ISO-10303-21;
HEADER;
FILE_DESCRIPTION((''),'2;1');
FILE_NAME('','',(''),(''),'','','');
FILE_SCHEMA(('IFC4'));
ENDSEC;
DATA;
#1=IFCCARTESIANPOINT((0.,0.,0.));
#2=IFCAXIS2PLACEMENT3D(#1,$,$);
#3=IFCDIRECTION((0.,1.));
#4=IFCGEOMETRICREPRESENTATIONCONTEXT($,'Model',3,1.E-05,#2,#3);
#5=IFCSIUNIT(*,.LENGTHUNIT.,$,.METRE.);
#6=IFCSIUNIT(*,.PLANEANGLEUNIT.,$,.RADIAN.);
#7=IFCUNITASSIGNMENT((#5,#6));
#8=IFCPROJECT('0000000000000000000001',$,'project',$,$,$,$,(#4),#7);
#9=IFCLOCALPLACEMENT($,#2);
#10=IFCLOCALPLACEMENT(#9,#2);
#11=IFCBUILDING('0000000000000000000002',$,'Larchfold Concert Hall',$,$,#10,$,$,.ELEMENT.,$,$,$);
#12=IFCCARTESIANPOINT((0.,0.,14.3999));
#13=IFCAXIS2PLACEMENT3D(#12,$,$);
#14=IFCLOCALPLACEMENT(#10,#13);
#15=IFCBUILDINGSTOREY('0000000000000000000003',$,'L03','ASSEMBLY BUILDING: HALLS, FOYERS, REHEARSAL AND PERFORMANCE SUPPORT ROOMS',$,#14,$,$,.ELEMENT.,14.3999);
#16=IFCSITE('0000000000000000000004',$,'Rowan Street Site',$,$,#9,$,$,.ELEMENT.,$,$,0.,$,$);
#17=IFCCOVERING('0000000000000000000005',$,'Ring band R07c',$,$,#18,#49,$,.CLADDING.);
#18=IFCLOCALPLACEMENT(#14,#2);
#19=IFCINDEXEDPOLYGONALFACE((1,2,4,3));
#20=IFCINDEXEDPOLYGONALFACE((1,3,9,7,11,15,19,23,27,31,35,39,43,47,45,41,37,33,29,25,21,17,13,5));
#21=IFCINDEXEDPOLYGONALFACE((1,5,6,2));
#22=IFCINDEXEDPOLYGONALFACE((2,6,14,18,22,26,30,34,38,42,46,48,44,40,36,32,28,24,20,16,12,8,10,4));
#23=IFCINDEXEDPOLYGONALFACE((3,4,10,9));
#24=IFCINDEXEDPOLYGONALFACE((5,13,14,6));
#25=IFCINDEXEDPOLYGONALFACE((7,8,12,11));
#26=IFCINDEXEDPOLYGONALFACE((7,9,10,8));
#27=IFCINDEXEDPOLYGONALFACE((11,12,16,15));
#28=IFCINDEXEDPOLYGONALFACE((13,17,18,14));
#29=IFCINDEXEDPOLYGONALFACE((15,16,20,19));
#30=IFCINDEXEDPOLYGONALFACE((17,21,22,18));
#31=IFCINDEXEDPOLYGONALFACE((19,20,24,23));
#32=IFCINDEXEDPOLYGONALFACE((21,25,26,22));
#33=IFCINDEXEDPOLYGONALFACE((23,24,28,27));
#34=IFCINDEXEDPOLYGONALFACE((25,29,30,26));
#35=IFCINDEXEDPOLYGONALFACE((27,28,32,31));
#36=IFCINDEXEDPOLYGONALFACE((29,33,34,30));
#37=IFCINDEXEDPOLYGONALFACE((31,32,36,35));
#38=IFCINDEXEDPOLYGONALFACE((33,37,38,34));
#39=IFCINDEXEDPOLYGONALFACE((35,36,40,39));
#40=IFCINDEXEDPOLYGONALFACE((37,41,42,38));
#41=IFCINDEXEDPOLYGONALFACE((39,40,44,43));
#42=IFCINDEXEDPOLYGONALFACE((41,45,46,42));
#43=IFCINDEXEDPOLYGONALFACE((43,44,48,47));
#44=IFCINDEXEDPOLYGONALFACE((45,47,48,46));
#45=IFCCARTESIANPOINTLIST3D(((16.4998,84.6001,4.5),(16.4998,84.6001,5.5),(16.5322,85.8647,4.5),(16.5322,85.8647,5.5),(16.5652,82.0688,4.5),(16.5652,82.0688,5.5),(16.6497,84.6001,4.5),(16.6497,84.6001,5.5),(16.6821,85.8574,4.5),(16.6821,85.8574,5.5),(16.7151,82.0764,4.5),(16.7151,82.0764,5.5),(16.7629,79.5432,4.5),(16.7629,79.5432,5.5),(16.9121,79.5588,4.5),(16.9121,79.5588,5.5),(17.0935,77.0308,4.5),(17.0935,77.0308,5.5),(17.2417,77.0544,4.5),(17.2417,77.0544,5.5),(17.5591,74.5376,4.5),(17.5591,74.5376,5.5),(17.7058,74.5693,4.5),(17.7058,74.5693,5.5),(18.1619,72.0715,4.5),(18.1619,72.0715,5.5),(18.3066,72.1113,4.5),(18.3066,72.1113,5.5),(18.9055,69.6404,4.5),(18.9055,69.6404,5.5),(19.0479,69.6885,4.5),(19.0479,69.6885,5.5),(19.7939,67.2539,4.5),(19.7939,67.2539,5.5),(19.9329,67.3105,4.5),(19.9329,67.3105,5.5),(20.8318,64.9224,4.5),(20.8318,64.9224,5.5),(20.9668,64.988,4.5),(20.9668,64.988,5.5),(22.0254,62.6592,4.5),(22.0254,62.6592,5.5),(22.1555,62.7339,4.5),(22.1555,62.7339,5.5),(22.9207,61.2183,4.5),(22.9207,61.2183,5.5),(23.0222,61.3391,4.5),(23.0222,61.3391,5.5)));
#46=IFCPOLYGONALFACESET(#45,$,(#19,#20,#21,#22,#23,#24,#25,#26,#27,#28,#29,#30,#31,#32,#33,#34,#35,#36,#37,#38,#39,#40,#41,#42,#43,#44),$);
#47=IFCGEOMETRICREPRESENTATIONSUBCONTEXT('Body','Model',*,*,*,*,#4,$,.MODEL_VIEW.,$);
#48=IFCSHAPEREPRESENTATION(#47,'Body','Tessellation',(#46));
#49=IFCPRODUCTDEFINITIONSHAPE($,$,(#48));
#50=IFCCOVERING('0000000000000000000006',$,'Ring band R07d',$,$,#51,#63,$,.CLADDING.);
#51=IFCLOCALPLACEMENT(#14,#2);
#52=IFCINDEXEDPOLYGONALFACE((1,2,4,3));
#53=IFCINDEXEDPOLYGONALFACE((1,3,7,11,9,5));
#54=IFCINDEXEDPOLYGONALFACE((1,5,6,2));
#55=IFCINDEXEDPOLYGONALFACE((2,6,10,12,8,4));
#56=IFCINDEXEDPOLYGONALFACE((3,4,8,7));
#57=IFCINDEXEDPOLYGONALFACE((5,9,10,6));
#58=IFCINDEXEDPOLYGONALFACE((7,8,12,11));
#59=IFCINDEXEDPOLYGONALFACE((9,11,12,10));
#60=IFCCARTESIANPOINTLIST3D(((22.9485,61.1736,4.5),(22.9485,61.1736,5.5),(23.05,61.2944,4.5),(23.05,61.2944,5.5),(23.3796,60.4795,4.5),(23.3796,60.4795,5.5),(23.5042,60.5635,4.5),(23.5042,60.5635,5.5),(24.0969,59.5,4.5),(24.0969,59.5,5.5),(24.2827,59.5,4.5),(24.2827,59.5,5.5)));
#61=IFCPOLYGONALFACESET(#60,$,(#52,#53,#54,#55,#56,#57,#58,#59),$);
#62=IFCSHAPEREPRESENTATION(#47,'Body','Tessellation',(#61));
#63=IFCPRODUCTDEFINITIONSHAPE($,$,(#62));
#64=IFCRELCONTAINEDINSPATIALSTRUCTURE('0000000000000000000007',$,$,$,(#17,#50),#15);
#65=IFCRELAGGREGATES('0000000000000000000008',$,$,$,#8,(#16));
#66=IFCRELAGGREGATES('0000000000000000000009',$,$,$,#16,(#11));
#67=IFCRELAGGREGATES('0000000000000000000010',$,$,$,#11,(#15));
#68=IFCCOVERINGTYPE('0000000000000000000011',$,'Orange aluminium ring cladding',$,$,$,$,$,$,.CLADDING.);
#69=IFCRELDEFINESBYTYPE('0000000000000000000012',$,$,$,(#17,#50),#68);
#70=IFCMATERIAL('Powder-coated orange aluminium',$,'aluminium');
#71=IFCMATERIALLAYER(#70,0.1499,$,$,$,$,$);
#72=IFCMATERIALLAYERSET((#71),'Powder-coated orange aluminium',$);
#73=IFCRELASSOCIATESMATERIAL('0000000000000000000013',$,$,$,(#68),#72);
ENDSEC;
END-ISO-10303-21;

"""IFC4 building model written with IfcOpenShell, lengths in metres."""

from ifc_helpers import new_model, si_unit, direction, frame, origin, place, context, subcontext, project, spatial, polyline, outline, extrude, material, layer, layer_set, type_object, element, save


model = new_model("IFC4")

# Units and contexts
model_context = context("Model", 3, precision=1e-05, world=origin(), true_north=direction((0.0, 1.0)))
body_context = subcontext(model_context, "Body", "Model", "MODEL_VIEW")
ifc_project = project(units=[si_unit("LENGTHUNIT", "METRE"), si_unit("PLANEANGLEUNIT", "RADIAN")], contexts=[model_context])

# Site, building, storey
site_placement = place(None, origin())
site = spatial("IfcSite", under=ifc_project, at=site_placement, Name="Rowan Street Site", CompositionType="ELEMENT", RefElevation=0.0)
building_placement = place(site_placement, origin())
building = spatial("IfcBuilding", under=site, at=building_placement, Name="Larchfold Concert Hall", CompositionType="ELEMENT")
storey_placement = place(building_placement, frame((0.0, 0.0, 14.3999)))
storey = spatial("IfcBuildingStorey", under=building, at=storey_placement, Name="L03", Description="ASSEMBLY BUILDING: HALLS, FOYERS, REHEARSAL AND PERFORMANCE SUPPORT ROOMS", CompositionType="ELEMENT", Elevation=14.3999)

# Coverings
ifc_material_1 = material(Name="Powder-coated orange aluminium", Category="aluminium")
ifc_layer_1 = layer(ifc_material_1, 0.1499)
ifc_layer_set_1 = layer_set([ifc_layer_1], Name="Powder-coated orange aluminium")
covering_type_1 = type_object("IfcCoveringType", Name="Orange aluminium ring cladding", PredefinedType="CLADDING", material=ifc_layer_set_1)
covering_1_placement = place(storey_placement, frame((0.0, 0.0, 4.5)))
element("IfcCovering", 1, at=covering_1_placement, inside=storey, type_object=covering_type_1, Name="Ring band R07c", PredefinedType="CLADDING", context=body_context, shape_type="SweptSolid", body=[
    extrude(outline(polyline([(16.6497, 84.6001), (16.6821, 85.8574), (16.5322, 85.8647), (16.4998, 84.6001), (16.5652, 82.0688), (16.7629, 79.5432), (17.0935, 77.0308), (17.5591, 74.5376), (18.1619, 72.0715), (18.9055, 69.6404), (19.7939, 67.2539), (20.8318, 64.9224), (22.0254, 62.6592), (22.9207, 61.2183), (23.0222, 61.3391), (22.1555, 62.7339), (20.9668, 64.988), (19.9329, 67.3105), (19.0479, 69.6885), (18.3066, 72.1113), (17.7058, 74.5693), (17.2417, 77.0544), (16.9121, 79.5588), (16.7151, 82.0764), (16.6497, 84.6001)])), origin(), (0.0, 0.0, 1.0), 1.0),
])
covering_2_placement = place(storey_placement, frame((0.0, 0.0, 4.5)))
element("IfcCovering", 2, at=covering_2_placement, inside=storey, type_object=covering_type_1, Name="Ring band R07d", PredefinedType="CLADDING", context=body_context, shape_type="SweptSolid", body=[
    extrude(outline(polyline([(23.05, 61.2944), (22.9485, 61.1736), (23.3796, 60.4795), (24.0969, 59.5), (24.2827, 59.5), (23.5042, 60.5635), (23.05, 61.2944)])), origin(), (0.0, 0.0, 1.0), 1.0),
])

save(model, "model.ifc")
